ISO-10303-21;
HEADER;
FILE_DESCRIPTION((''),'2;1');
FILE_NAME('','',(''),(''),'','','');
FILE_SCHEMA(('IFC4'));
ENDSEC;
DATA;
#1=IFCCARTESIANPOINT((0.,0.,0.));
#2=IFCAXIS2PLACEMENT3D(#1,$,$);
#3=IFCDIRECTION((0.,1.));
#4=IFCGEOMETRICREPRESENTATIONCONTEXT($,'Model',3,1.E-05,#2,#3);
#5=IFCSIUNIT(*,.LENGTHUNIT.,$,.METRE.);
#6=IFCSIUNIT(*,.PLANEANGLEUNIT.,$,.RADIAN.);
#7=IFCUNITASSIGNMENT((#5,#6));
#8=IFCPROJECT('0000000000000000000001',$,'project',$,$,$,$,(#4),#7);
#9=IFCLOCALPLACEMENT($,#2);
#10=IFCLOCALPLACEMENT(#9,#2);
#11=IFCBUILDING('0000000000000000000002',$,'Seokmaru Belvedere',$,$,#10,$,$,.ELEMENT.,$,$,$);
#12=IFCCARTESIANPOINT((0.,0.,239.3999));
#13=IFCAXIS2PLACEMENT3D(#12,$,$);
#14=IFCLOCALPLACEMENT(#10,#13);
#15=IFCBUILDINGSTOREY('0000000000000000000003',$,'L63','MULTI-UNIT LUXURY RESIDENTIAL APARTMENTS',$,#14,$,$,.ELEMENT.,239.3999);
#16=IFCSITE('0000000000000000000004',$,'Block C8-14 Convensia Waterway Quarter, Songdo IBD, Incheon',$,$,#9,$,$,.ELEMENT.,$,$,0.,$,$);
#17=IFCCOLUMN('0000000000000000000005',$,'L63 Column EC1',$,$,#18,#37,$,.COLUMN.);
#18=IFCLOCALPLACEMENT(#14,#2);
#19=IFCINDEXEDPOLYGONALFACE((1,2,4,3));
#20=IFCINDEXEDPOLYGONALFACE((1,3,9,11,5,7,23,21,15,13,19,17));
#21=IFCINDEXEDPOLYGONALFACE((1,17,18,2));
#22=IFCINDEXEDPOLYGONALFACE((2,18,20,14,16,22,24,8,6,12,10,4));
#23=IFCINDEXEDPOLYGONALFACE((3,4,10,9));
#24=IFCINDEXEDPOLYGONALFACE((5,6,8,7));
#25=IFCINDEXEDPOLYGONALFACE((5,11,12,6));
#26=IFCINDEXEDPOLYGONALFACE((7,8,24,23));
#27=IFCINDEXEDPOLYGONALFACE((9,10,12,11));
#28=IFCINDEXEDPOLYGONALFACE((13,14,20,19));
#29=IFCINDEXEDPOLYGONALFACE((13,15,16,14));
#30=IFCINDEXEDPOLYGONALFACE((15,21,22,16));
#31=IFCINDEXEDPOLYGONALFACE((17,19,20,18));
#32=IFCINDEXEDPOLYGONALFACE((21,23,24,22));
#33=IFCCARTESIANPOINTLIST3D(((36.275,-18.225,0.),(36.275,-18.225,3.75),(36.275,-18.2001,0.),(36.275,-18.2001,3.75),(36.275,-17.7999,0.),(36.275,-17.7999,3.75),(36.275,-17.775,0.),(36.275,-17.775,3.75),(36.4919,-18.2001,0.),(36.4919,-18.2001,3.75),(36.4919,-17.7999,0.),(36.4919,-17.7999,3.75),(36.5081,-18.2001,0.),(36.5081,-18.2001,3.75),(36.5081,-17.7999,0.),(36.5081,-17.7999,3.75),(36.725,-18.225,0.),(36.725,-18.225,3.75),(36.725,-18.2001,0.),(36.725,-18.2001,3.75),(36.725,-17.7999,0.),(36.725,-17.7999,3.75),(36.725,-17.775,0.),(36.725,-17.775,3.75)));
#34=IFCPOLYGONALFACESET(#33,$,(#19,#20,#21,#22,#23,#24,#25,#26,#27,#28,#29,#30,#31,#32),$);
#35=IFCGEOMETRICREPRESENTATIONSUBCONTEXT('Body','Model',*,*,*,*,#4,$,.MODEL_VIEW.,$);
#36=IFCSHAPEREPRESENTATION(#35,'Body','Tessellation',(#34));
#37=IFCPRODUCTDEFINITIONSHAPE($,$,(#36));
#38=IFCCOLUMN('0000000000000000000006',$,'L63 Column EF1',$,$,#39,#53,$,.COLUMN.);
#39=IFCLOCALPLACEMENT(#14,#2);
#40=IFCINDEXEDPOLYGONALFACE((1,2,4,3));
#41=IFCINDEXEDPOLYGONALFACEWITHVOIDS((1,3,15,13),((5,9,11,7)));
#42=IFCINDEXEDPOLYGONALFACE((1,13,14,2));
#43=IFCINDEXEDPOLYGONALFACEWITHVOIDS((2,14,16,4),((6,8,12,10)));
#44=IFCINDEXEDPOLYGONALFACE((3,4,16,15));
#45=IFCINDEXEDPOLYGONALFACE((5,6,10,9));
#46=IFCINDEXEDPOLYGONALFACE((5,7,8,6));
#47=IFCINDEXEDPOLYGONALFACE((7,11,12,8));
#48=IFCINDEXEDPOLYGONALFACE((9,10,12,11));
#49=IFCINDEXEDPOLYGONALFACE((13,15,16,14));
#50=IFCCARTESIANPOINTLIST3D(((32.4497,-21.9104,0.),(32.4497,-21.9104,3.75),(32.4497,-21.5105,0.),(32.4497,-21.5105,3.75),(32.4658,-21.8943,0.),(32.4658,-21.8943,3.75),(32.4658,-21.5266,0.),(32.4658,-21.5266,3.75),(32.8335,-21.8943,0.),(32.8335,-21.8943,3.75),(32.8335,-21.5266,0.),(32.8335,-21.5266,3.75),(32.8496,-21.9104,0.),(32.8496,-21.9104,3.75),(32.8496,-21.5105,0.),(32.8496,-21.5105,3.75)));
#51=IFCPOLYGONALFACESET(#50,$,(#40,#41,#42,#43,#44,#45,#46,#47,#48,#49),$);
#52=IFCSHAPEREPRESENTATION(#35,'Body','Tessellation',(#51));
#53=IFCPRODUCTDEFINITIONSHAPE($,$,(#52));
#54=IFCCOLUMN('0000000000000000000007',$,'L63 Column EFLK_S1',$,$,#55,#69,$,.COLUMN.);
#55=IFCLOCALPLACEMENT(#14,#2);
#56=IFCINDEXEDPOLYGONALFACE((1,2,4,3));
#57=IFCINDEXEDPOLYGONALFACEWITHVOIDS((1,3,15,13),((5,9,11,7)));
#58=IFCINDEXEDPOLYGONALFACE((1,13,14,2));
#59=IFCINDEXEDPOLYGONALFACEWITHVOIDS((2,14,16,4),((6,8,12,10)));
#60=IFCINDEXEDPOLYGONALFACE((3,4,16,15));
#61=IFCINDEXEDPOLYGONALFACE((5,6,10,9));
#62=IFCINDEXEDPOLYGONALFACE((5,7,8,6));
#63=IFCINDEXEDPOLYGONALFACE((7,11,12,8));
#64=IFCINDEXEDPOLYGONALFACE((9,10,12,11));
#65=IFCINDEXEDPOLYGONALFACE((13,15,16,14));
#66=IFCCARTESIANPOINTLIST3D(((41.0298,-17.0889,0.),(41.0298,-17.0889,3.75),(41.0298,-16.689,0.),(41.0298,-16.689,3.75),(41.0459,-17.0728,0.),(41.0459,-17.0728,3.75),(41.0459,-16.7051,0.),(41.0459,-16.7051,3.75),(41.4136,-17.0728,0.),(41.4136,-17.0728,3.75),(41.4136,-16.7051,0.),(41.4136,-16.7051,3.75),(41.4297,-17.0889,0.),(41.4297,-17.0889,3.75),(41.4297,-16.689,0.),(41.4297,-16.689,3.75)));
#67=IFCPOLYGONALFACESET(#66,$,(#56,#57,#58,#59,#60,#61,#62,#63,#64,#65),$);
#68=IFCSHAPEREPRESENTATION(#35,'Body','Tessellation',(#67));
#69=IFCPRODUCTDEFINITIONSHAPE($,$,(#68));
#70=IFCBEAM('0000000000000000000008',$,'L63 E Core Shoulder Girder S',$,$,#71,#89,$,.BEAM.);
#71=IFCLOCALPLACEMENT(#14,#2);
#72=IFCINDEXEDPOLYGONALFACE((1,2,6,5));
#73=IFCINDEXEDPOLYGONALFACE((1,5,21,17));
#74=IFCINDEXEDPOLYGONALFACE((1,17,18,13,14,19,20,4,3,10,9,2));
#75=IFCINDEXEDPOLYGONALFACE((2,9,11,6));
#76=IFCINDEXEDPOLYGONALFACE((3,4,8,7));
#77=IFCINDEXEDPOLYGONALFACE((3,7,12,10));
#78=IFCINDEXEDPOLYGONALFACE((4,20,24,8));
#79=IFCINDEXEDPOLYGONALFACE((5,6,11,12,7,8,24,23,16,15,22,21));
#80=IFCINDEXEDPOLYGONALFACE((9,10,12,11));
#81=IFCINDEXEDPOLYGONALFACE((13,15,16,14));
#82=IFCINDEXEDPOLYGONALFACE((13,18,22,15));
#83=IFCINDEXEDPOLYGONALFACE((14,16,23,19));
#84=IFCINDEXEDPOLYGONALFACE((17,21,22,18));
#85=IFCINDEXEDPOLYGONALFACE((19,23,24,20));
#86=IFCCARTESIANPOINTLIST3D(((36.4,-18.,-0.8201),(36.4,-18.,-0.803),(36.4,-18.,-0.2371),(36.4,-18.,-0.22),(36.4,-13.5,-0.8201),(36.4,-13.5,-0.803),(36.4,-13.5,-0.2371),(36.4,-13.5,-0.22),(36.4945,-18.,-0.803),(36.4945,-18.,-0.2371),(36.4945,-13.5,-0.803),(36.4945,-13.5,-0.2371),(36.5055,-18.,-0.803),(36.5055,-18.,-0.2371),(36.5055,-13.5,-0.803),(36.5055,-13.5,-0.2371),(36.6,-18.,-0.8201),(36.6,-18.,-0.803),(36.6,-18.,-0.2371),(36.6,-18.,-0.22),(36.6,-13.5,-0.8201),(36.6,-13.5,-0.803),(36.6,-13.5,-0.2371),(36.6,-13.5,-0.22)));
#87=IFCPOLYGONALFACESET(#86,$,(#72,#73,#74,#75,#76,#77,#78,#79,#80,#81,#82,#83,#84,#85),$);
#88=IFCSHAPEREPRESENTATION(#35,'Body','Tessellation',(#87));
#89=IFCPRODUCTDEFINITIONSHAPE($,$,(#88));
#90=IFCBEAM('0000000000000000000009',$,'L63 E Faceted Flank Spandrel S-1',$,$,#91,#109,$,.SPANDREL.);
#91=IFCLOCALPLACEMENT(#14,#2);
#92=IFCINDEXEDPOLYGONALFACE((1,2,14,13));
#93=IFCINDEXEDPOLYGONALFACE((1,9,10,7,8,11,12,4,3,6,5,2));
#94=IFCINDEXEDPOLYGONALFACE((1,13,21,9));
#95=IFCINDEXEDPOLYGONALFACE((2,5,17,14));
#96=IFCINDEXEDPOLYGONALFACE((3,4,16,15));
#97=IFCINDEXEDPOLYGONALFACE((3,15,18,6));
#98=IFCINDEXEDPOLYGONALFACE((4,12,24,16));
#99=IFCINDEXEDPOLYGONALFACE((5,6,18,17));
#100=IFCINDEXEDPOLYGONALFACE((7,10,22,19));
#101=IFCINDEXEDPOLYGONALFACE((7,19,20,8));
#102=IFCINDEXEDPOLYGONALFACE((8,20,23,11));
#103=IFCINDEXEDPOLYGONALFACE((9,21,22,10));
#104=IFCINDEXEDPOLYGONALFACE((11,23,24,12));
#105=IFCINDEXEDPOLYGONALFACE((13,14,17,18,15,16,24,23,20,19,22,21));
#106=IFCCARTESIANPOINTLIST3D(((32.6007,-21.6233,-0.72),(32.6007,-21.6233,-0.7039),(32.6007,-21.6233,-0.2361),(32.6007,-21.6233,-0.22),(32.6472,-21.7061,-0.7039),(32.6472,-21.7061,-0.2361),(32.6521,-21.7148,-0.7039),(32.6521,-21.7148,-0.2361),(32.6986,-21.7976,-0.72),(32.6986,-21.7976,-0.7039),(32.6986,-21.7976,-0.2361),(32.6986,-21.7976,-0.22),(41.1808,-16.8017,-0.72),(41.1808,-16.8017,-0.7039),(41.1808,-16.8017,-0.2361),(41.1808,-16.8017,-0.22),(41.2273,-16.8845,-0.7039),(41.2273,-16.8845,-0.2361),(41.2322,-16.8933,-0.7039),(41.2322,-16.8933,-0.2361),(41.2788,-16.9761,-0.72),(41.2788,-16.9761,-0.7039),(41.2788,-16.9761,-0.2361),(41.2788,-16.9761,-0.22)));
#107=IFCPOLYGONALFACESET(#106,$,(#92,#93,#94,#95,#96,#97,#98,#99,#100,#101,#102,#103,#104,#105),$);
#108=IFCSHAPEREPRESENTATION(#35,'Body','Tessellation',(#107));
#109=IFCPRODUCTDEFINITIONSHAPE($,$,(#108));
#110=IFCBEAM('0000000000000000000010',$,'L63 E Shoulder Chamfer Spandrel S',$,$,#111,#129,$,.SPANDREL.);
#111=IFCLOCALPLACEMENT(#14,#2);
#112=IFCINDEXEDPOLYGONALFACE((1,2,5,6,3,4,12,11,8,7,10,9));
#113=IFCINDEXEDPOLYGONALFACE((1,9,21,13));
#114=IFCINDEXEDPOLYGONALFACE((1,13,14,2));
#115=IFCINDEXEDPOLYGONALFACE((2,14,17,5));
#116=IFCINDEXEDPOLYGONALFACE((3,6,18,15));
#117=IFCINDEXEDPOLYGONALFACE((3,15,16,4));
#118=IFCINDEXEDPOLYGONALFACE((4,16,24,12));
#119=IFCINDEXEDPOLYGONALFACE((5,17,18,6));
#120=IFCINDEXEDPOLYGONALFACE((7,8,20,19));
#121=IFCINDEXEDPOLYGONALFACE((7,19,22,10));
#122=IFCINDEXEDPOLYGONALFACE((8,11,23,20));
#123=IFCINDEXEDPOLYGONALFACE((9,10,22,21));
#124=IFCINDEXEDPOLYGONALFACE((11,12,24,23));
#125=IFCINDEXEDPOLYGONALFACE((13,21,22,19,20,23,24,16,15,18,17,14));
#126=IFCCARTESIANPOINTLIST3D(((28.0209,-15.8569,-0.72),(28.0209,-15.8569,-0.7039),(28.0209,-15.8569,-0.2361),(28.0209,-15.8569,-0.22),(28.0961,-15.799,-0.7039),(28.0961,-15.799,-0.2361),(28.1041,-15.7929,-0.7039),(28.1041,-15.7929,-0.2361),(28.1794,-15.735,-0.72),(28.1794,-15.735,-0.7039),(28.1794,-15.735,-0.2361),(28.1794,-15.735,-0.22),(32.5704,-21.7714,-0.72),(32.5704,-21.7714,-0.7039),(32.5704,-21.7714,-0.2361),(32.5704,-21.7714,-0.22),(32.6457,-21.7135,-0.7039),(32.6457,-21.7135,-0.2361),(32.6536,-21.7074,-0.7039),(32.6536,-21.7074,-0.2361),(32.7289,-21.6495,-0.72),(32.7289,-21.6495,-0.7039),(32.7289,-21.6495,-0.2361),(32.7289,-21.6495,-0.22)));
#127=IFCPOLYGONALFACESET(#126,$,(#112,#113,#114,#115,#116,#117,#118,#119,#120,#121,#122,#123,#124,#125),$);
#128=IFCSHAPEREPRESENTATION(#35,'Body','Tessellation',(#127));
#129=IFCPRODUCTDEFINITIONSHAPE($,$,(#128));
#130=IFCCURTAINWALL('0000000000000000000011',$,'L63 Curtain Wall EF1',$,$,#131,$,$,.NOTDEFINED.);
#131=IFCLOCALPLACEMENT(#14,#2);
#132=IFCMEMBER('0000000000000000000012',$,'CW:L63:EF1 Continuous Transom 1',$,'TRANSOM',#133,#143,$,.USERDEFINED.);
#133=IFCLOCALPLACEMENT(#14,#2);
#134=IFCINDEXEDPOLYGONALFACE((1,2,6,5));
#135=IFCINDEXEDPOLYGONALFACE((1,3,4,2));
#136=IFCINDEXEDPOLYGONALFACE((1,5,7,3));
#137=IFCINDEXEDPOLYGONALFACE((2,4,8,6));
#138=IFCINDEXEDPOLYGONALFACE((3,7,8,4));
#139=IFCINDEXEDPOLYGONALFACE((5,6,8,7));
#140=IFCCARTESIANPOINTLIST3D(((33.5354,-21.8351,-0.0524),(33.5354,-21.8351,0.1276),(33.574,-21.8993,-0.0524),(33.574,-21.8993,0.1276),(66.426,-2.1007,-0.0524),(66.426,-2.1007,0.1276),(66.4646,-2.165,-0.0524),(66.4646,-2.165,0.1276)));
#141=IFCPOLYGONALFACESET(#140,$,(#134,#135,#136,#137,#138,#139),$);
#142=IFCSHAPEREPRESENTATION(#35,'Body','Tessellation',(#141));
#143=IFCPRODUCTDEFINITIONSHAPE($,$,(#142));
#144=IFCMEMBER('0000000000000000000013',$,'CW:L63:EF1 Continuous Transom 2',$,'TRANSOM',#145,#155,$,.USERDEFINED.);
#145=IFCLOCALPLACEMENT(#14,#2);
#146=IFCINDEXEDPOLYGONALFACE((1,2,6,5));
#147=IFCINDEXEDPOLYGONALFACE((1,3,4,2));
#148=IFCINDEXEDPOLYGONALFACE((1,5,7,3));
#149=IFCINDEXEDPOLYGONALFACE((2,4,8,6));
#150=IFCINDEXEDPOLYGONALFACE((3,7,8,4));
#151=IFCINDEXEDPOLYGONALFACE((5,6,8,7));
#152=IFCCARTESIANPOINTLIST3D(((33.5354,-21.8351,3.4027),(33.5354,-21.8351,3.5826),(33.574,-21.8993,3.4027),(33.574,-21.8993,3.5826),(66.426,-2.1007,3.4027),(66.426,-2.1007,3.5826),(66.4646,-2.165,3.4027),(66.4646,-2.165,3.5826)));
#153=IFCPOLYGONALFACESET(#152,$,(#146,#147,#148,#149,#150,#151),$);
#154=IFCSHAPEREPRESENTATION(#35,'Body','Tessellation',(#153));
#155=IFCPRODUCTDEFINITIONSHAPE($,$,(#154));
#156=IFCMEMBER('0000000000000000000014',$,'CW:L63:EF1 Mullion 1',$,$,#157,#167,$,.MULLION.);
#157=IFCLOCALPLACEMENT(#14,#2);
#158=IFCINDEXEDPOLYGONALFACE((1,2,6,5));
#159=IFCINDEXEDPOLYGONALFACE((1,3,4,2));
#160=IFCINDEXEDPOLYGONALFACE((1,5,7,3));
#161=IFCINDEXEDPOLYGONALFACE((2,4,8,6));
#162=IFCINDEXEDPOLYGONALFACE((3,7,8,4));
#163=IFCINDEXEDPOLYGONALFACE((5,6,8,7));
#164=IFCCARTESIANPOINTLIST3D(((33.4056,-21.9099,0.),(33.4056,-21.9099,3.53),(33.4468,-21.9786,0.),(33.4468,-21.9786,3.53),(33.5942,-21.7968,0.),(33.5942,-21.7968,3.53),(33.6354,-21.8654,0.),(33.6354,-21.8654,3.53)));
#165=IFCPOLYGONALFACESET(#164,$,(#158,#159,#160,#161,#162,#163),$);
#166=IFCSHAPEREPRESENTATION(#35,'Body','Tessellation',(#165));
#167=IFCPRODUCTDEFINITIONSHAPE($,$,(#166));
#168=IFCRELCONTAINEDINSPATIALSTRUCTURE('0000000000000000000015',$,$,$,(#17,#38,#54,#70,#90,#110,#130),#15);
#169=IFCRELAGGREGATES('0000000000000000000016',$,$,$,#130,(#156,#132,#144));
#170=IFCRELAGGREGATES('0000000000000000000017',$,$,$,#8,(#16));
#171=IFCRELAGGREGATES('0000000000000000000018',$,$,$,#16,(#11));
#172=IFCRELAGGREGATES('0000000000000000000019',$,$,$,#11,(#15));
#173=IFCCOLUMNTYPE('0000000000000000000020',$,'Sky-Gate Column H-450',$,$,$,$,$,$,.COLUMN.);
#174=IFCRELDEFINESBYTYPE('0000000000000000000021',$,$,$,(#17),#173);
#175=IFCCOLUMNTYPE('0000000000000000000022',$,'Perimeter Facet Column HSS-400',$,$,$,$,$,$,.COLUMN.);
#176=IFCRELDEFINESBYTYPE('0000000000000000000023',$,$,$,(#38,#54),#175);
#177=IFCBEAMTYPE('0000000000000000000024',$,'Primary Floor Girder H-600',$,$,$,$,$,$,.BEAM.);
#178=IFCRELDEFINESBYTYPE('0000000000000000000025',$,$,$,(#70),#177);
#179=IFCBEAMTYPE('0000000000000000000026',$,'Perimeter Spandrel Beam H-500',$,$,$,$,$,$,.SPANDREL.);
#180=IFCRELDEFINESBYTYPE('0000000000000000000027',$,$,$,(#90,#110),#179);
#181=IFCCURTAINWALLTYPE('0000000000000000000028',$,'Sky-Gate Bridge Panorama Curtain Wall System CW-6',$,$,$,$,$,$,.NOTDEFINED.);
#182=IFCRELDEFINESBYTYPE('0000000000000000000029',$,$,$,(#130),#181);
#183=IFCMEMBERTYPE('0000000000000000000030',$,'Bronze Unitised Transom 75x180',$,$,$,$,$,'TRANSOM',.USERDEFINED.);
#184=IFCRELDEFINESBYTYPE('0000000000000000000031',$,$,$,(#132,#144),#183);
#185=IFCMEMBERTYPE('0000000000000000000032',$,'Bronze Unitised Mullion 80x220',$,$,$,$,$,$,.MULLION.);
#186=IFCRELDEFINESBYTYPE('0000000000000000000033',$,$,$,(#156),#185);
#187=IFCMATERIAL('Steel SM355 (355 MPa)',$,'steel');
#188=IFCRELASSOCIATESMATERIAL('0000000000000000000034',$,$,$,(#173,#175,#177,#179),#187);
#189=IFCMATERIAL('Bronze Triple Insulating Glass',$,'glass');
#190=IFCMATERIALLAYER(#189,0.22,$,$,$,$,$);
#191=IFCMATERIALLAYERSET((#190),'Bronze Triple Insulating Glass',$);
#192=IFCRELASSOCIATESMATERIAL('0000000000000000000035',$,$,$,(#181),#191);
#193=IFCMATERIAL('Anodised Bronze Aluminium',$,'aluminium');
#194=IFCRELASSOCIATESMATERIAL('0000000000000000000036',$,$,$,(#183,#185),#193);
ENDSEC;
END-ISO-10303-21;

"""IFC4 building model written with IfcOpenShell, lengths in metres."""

from ifc_helpers import new_model, si_unit, direction, frame, origin, origin_2d, place, context, subcontext, project, spatial, rectangle, hollow_rectangle, i_section, extrude, source, transform, mapped, material, layer, layer_set, material_profile, profile_set, type_object, type_shapes, element, aggregate, save


model = new_model("IFC4")

# Units and contexts
model_context = context("Model", 3, precision=1e-05, world=origin(), true_north=direction((0.0, 1.0)))
body_context = subcontext(model_context, "Body", "Model", "MODEL_VIEW")
ifc_project = project(units=[si_unit("LENGTHUNIT", "METRE"), si_unit("PLANEANGLEUNIT", "RADIAN")], contexts=[model_context])

# Site, building, storey
site_placement = place(None, origin())
site = spatial("IfcSite", under=ifc_project, at=site_placement, Name="Block C8-14 Convensia Waterway Quarter, Songdo IBD, Incheon", CompositionType="ELEMENT", RefElevation=0.0)
building_placement = place(site_placement, origin())
building = spatial("IfcBuilding", under=site, at=building_placement, Name="Seokmaru Belvedere", CompositionType="ELEMENT")
storey_placement = place(building_placement, frame((0.0, 0.0, 239.3999)))
storey = spatial("IfcBuildingStorey", under=building, at=storey_placement, Name="L63", Description="MULTI-UNIT LUXURY RESIDENTIAL APARTMENTS", CompositionType="ELEMENT", Elevation=239.3999)

# Columns
ifc_material_1 = material(Name="Steel SM355 (355 MPa)", Category="steel")
ifc_material_profile_1 = material_profile(ifc_material_1, i_section(OverallWidth=0.45, OverallDepth=0.45, WebThickness=0.0161, FlangeThickness=0.0249, at=origin_2d()), Name="H-450x450x16x25")
ifc_profile_set_1 = profile_set([ifc_material_profile_1], Name="Steel SM355 (355 MPa)")
column_type_1 = type_object("IfcColumnType", Name="Sky-Gate Column H-450", PredefinedType="COLUMN", material=ifc_profile_set_1)
shared_shape_1 = source(origin(), body_context, "Body", "SweptSolid", [
    extrude(i_section(OverallWidth=0.45, OverallDepth=0.45, WebThickness=0.0161, FlangeThickness=0.0249, at=origin_2d()), origin(), (0.0, 0.0, 1.0), 3.75),
])
type_shapes(column_type_1, [shared_shape_1])
column_placement = place(storey_placement, frame((36.5, -18.0, 0.0), z_axis=(0.0, 0.0, 1.0), x_axis=(1.0, 0.0, 0.0)))
element("IfcColumn", 1, at=column_placement, inside=storey, type_object=column_type_1, Name="L63 Column EC1", PredefinedType="COLUMN", context=body_context, shape_type="MappedRepresentation", body=[
    mapped(shared_shape_1, transform((0.0, 0.0, 0.0), scale=1.0)),
])
ifc_material_profile_2 = material_profile(ifc_material_1, hollow_rectangle(XDim=0.3999, YDim=0.3999, WallThickness=0.0161, at=origin_2d()), Name="HSS-400x400x16")
ifc_profile_set_2 = profile_set([ifc_material_profile_2], Name="Steel SM355 (355 MPa)")
column_type_2 = type_object("IfcColumnType", Name="Perimeter Facet Column HSS-400", PredefinedType="COLUMN", material=ifc_profile_set_2)
shared_shape_2 = source(origin(), body_context, "Body", "SweptSolid", [
    extrude(hollow_rectangle(XDim=0.3999, YDim=0.3999, WallThickness=0.0161, at=origin_2d()), origin(), (0.0, 0.0, 1.0), 3.75),
])
type_shapes(column_type_2, [shared_shape_2])
for number, where, z_axis, x_axis, name in (
    (2, (32.6497, -21.7104, 0.0), (0.0, 0.0, 1.0), (1.0, 0.0, 0.0), "L63 Column EF1"),
    (3, (41.2297, -16.8889, 0.0), (0.0, 0.0, 1.0), (1.0, 0.0, 0.0), "L63 Column EFLK_S1"),
):
    element("IfcColumn", number, at=place(storey_placement, frame(where, z_axis=z_axis, x_axis=x_axis)), inside=storey, type_object=column_type_2, Name=name, PredefinedType="COLUMN", context=body_context, shape_type="MappedRepresentation", body=[
        mapped(shared_shape_2, transform((0.0, 0.0, 0.0), scale=1.0)),
    ])

# Beams
ifc_material_profile_3 = material_profile(ifc_material_1, i_section(OverallWidth=0.2, OverallDepth=0.6001, WebThickness=0.011, FlangeThickness=0.0171, at=origin_2d()), Name="H-600x200x11x17")
ifc_profile_set_3 = profile_set([ifc_material_profile_3], Name="Steel SM355 (355 MPa)")
beam_type_1 = type_object("IfcBeamType", Name="Primary Floor Girder H-600", PredefinedType="BEAM", material=ifc_profile_set_3)
shared_shape_3 = source(origin(), body_context, "Body", "SweptSolid", [
    extrude(i_section(OverallWidth=0.2, OverallDepth=0.6001, WebThickness=0.011, FlangeThickness=0.0171, at=origin_2d()), origin(), (0.0, 0.0, 1.0), 4.5),
])
type_shapes(beam_type_1, [shared_shape_3])
beam_1_placement = place(storey_placement, frame((36.5, -18.0, -0.52), z_axis=(0.0, 1.0, 0.0), x_axis=(-1.0, 0.0, 0.0)))
element("IfcBeam", 4, at=beam_1_placement, inside=storey, type_object=beam_type_1, Name="L63 E Core Shoulder Girder S", PredefinedType="BEAM", context=body_context, shape_type="MappedRepresentation", body=[
    mapped(shared_shape_3, transform((0.0, 0.0, 0.0), scale=1.0)),
])
ifc_material_profile_4 = material_profile(ifc_material_1, i_section(OverallWidth=0.2, OverallDepth=0.5, WebThickness=0.01, FlangeThickness=0.0161, at=origin_2d()), Name="H-500x200x10x16")
ifc_profile_set_4 = profile_set([ifc_material_profile_4], Name="Steel SM355 (355 MPa)")
beam_type_2 = type_object("IfcBeamType", Name="Perimeter Spandrel Beam H-500", PredefinedType="SPANDREL", material=ifc_profile_set_4)
shared_shape_4 = source(origin(), body_context, "Body", "SweptSolid", [
    extrude(i_section(OverallWidth=0.2, OverallDepth=0.5, WebThickness=0.01, FlangeThickness=0.0161, at=origin_2d()), origin(), (0.0, 0.0, 1.0), 9.842),
])
beam_2_placement = place(storey_placement, frame((32.6497, -21.7104, -0.47), z_axis=(0.871782, 0.489894, 0.0), x_axis=(-0.489894, 0.871782, 0.0)))
element("IfcBeam", 5, at=beam_2_placement, inside=storey, type_object=beam_type_2, Name="L63 E Faceted Flank Spandrel S-1", PredefinedType="SPANDREL", context=body_context, shape_type="MappedRepresentation", body=[
    mapped(shared_shape_4, transform((0.0, 0.0, 0.0), scale=1.0)),
])
shared_shape_5 = source(origin(), body_context, "Body", "SweptSolid", [
    extrude(i_section(OverallWidth=0.2, OverallDepth=0.5, WebThickness=0.01, FlangeThickness=0.0161, at=origin_2d()), origin(), (0.0, 0.0, 1.0), 7.4619),
])
type_shapes(beam_type_2, [shared_shape_4, shared_shape_5])
beam_3_placement = place(storey_placement, frame((32.6497, -21.7104, -0.47), z_axis=(-0.609703, 0.79263, 0.0), x_axis=(-0.79263, -0.609703, 0.0)))
element("IfcBeam", 6, at=beam_3_placement, inside=storey, type_object=beam_type_2, Name="L63 E Shoulder Chamfer Spandrel S", PredefinedType="SPANDREL", context=body_context, shape_type="MappedRepresentation", body=[
    mapped(shared_shape_5, transform((0.0, 0.0, 0.0), scale=1.0)),
])

# Curtain wall, members
ifc_material_2 = material(Name="Bronze Triple Insulating Glass", Category="glass")
ifc_layer_1 = layer(ifc_material_2, 0.22)
ifc_layer_set_1 = layer_set([ifc_layer_1], Name="Bronze Triple Insulating Glass")
curtain_wall_type = type_object("IfcCurtainWallType", Name="Sky-Gate Bridge Panorama Curtain Wall System CW-6", PredefinedType="NOTDEFINED", material=ifc_layer_set_1)
curtain_wall_1_placement = place(storey_placement, origin())
curtain_wall_1 = element("IfcCurtainWall", 7, at=curtain_wall_1_placement, inside=storey, type_object=curtain_wall_type, Name="L63 Curtain Wall EF1", PredefinedType="NOTDEFINED")
ifc_material_3 = material(Name="Anodised Bronze Aluminium", Category="aluminium")
ifc_material_profile_5 = material_profile(ifc_material_3, rectangle(XDim=0.075, YDim=0.1799, at=origin_2d()), Name="CW-T-75x180")
ifc_profile_set_5 = profile_set([ifc_material_profile_5], Name="Anodised Bronze Aluminium")
member_type_1 = type_object("IfcMemberType", Name="Bronze Unitised Transom 75x180", ElementType="TRANSOM", PredefinedType="USERDEFINED", material=ifc_profile_set_5)
shared_shape_6 = source(origin(), body_context, "Body", "SweptSolid", [
    extrude(rectangle(XDim=0.075, YDim=0.1799, at=origin_2d()), origin(), (0.0, 0.0, 1.0), 38.3567),
])
type_shapes(member_type_1, [shared_shape_6])
member_1_placement = place(storey_placement, frame((33.5547, -21.8672, 0.0376), z_axis=(0.857493, 0.514496, 0.0), x_axis=(-0.514496, 0.857493, 0.0)))
member_1 = element("IfcMember", 8, at=member_1_placement, type_object=member_type_1, Name="CW:L63:EF1 Continuous Transom 1", ObjectType="TRANSOM", PredefinedType="USERDEFINED", context=body_context, shape_type="MappedRepresentation", body=[
    mapped(shared_shape_6, transform((0.0, 0.0, 0.0), scale=1.0)),
])
member_2_placement = place(storey_placement, frame((33.5547, -21.8672, 3.4927), z_axis=(0.857493, 0.514496, 0.0), x_axis=(-0.514496, 0.857493, 0.0)))
member_2 = element("IfcMember", 9, at=member_2_placement, type_object=member_type_1, Name="CW:L63:EF1 Continuous Transom 2", ObjectType="TRANSOM", PredefinedType="USERDEFINED", context=body_context, shape_type="MappedRepresentation", body=[
    mapped(shared_shape_6, transform((0.0, 0.0, 0.0), scale=1.0)),
])
ifc_material_profile_6 = material_profile(ifc_material_3, rectangle(XDim=0.0801, YDim=0.22, at=origin_2d()), Name="CW-M-80x220")
ifc_profile_set_6 = profile_set([ifc_material_profile_6], Name="Anodised Bronze Aluminium")
member_type_2 = type_object("IfcMemberType", Name="Bronze Unitised Mullion 80x220", PredefinedType="MULLION", material=ifc_profile_set_6)
shared_shape_7 = source(origin(), body_context, "Body", "SweptSolid", [
    extrude(rectangle(XDim=0.0801, YDim=0.22, at=origin_2d()), origin(), (0.0, 0.0, 1.0), 3.53),
])
member_3_placement = place(storey_placement, frame((33.5205, -21.8877, 0.0), z_axis=(0.0, 0.0, 1.0), x_axis=(-0.514495, 0.857493, 0.0)))
member_3 = element("IfcMember", 10, at=member_3_placement, type_object=member_type_2, Name="CW:L63:EF1 Mullion 1", PredefinedType="MULLION", context=body_context, shape_type="MappedRepresentation", body=[
    mapped(shared_shape_7, transform((0.0, 0.0, 0.0), scale=1.0)),
])

aggregate(curtain_wall_1, [member_3, member_1, member_2])

save(model, "model.ifc")
